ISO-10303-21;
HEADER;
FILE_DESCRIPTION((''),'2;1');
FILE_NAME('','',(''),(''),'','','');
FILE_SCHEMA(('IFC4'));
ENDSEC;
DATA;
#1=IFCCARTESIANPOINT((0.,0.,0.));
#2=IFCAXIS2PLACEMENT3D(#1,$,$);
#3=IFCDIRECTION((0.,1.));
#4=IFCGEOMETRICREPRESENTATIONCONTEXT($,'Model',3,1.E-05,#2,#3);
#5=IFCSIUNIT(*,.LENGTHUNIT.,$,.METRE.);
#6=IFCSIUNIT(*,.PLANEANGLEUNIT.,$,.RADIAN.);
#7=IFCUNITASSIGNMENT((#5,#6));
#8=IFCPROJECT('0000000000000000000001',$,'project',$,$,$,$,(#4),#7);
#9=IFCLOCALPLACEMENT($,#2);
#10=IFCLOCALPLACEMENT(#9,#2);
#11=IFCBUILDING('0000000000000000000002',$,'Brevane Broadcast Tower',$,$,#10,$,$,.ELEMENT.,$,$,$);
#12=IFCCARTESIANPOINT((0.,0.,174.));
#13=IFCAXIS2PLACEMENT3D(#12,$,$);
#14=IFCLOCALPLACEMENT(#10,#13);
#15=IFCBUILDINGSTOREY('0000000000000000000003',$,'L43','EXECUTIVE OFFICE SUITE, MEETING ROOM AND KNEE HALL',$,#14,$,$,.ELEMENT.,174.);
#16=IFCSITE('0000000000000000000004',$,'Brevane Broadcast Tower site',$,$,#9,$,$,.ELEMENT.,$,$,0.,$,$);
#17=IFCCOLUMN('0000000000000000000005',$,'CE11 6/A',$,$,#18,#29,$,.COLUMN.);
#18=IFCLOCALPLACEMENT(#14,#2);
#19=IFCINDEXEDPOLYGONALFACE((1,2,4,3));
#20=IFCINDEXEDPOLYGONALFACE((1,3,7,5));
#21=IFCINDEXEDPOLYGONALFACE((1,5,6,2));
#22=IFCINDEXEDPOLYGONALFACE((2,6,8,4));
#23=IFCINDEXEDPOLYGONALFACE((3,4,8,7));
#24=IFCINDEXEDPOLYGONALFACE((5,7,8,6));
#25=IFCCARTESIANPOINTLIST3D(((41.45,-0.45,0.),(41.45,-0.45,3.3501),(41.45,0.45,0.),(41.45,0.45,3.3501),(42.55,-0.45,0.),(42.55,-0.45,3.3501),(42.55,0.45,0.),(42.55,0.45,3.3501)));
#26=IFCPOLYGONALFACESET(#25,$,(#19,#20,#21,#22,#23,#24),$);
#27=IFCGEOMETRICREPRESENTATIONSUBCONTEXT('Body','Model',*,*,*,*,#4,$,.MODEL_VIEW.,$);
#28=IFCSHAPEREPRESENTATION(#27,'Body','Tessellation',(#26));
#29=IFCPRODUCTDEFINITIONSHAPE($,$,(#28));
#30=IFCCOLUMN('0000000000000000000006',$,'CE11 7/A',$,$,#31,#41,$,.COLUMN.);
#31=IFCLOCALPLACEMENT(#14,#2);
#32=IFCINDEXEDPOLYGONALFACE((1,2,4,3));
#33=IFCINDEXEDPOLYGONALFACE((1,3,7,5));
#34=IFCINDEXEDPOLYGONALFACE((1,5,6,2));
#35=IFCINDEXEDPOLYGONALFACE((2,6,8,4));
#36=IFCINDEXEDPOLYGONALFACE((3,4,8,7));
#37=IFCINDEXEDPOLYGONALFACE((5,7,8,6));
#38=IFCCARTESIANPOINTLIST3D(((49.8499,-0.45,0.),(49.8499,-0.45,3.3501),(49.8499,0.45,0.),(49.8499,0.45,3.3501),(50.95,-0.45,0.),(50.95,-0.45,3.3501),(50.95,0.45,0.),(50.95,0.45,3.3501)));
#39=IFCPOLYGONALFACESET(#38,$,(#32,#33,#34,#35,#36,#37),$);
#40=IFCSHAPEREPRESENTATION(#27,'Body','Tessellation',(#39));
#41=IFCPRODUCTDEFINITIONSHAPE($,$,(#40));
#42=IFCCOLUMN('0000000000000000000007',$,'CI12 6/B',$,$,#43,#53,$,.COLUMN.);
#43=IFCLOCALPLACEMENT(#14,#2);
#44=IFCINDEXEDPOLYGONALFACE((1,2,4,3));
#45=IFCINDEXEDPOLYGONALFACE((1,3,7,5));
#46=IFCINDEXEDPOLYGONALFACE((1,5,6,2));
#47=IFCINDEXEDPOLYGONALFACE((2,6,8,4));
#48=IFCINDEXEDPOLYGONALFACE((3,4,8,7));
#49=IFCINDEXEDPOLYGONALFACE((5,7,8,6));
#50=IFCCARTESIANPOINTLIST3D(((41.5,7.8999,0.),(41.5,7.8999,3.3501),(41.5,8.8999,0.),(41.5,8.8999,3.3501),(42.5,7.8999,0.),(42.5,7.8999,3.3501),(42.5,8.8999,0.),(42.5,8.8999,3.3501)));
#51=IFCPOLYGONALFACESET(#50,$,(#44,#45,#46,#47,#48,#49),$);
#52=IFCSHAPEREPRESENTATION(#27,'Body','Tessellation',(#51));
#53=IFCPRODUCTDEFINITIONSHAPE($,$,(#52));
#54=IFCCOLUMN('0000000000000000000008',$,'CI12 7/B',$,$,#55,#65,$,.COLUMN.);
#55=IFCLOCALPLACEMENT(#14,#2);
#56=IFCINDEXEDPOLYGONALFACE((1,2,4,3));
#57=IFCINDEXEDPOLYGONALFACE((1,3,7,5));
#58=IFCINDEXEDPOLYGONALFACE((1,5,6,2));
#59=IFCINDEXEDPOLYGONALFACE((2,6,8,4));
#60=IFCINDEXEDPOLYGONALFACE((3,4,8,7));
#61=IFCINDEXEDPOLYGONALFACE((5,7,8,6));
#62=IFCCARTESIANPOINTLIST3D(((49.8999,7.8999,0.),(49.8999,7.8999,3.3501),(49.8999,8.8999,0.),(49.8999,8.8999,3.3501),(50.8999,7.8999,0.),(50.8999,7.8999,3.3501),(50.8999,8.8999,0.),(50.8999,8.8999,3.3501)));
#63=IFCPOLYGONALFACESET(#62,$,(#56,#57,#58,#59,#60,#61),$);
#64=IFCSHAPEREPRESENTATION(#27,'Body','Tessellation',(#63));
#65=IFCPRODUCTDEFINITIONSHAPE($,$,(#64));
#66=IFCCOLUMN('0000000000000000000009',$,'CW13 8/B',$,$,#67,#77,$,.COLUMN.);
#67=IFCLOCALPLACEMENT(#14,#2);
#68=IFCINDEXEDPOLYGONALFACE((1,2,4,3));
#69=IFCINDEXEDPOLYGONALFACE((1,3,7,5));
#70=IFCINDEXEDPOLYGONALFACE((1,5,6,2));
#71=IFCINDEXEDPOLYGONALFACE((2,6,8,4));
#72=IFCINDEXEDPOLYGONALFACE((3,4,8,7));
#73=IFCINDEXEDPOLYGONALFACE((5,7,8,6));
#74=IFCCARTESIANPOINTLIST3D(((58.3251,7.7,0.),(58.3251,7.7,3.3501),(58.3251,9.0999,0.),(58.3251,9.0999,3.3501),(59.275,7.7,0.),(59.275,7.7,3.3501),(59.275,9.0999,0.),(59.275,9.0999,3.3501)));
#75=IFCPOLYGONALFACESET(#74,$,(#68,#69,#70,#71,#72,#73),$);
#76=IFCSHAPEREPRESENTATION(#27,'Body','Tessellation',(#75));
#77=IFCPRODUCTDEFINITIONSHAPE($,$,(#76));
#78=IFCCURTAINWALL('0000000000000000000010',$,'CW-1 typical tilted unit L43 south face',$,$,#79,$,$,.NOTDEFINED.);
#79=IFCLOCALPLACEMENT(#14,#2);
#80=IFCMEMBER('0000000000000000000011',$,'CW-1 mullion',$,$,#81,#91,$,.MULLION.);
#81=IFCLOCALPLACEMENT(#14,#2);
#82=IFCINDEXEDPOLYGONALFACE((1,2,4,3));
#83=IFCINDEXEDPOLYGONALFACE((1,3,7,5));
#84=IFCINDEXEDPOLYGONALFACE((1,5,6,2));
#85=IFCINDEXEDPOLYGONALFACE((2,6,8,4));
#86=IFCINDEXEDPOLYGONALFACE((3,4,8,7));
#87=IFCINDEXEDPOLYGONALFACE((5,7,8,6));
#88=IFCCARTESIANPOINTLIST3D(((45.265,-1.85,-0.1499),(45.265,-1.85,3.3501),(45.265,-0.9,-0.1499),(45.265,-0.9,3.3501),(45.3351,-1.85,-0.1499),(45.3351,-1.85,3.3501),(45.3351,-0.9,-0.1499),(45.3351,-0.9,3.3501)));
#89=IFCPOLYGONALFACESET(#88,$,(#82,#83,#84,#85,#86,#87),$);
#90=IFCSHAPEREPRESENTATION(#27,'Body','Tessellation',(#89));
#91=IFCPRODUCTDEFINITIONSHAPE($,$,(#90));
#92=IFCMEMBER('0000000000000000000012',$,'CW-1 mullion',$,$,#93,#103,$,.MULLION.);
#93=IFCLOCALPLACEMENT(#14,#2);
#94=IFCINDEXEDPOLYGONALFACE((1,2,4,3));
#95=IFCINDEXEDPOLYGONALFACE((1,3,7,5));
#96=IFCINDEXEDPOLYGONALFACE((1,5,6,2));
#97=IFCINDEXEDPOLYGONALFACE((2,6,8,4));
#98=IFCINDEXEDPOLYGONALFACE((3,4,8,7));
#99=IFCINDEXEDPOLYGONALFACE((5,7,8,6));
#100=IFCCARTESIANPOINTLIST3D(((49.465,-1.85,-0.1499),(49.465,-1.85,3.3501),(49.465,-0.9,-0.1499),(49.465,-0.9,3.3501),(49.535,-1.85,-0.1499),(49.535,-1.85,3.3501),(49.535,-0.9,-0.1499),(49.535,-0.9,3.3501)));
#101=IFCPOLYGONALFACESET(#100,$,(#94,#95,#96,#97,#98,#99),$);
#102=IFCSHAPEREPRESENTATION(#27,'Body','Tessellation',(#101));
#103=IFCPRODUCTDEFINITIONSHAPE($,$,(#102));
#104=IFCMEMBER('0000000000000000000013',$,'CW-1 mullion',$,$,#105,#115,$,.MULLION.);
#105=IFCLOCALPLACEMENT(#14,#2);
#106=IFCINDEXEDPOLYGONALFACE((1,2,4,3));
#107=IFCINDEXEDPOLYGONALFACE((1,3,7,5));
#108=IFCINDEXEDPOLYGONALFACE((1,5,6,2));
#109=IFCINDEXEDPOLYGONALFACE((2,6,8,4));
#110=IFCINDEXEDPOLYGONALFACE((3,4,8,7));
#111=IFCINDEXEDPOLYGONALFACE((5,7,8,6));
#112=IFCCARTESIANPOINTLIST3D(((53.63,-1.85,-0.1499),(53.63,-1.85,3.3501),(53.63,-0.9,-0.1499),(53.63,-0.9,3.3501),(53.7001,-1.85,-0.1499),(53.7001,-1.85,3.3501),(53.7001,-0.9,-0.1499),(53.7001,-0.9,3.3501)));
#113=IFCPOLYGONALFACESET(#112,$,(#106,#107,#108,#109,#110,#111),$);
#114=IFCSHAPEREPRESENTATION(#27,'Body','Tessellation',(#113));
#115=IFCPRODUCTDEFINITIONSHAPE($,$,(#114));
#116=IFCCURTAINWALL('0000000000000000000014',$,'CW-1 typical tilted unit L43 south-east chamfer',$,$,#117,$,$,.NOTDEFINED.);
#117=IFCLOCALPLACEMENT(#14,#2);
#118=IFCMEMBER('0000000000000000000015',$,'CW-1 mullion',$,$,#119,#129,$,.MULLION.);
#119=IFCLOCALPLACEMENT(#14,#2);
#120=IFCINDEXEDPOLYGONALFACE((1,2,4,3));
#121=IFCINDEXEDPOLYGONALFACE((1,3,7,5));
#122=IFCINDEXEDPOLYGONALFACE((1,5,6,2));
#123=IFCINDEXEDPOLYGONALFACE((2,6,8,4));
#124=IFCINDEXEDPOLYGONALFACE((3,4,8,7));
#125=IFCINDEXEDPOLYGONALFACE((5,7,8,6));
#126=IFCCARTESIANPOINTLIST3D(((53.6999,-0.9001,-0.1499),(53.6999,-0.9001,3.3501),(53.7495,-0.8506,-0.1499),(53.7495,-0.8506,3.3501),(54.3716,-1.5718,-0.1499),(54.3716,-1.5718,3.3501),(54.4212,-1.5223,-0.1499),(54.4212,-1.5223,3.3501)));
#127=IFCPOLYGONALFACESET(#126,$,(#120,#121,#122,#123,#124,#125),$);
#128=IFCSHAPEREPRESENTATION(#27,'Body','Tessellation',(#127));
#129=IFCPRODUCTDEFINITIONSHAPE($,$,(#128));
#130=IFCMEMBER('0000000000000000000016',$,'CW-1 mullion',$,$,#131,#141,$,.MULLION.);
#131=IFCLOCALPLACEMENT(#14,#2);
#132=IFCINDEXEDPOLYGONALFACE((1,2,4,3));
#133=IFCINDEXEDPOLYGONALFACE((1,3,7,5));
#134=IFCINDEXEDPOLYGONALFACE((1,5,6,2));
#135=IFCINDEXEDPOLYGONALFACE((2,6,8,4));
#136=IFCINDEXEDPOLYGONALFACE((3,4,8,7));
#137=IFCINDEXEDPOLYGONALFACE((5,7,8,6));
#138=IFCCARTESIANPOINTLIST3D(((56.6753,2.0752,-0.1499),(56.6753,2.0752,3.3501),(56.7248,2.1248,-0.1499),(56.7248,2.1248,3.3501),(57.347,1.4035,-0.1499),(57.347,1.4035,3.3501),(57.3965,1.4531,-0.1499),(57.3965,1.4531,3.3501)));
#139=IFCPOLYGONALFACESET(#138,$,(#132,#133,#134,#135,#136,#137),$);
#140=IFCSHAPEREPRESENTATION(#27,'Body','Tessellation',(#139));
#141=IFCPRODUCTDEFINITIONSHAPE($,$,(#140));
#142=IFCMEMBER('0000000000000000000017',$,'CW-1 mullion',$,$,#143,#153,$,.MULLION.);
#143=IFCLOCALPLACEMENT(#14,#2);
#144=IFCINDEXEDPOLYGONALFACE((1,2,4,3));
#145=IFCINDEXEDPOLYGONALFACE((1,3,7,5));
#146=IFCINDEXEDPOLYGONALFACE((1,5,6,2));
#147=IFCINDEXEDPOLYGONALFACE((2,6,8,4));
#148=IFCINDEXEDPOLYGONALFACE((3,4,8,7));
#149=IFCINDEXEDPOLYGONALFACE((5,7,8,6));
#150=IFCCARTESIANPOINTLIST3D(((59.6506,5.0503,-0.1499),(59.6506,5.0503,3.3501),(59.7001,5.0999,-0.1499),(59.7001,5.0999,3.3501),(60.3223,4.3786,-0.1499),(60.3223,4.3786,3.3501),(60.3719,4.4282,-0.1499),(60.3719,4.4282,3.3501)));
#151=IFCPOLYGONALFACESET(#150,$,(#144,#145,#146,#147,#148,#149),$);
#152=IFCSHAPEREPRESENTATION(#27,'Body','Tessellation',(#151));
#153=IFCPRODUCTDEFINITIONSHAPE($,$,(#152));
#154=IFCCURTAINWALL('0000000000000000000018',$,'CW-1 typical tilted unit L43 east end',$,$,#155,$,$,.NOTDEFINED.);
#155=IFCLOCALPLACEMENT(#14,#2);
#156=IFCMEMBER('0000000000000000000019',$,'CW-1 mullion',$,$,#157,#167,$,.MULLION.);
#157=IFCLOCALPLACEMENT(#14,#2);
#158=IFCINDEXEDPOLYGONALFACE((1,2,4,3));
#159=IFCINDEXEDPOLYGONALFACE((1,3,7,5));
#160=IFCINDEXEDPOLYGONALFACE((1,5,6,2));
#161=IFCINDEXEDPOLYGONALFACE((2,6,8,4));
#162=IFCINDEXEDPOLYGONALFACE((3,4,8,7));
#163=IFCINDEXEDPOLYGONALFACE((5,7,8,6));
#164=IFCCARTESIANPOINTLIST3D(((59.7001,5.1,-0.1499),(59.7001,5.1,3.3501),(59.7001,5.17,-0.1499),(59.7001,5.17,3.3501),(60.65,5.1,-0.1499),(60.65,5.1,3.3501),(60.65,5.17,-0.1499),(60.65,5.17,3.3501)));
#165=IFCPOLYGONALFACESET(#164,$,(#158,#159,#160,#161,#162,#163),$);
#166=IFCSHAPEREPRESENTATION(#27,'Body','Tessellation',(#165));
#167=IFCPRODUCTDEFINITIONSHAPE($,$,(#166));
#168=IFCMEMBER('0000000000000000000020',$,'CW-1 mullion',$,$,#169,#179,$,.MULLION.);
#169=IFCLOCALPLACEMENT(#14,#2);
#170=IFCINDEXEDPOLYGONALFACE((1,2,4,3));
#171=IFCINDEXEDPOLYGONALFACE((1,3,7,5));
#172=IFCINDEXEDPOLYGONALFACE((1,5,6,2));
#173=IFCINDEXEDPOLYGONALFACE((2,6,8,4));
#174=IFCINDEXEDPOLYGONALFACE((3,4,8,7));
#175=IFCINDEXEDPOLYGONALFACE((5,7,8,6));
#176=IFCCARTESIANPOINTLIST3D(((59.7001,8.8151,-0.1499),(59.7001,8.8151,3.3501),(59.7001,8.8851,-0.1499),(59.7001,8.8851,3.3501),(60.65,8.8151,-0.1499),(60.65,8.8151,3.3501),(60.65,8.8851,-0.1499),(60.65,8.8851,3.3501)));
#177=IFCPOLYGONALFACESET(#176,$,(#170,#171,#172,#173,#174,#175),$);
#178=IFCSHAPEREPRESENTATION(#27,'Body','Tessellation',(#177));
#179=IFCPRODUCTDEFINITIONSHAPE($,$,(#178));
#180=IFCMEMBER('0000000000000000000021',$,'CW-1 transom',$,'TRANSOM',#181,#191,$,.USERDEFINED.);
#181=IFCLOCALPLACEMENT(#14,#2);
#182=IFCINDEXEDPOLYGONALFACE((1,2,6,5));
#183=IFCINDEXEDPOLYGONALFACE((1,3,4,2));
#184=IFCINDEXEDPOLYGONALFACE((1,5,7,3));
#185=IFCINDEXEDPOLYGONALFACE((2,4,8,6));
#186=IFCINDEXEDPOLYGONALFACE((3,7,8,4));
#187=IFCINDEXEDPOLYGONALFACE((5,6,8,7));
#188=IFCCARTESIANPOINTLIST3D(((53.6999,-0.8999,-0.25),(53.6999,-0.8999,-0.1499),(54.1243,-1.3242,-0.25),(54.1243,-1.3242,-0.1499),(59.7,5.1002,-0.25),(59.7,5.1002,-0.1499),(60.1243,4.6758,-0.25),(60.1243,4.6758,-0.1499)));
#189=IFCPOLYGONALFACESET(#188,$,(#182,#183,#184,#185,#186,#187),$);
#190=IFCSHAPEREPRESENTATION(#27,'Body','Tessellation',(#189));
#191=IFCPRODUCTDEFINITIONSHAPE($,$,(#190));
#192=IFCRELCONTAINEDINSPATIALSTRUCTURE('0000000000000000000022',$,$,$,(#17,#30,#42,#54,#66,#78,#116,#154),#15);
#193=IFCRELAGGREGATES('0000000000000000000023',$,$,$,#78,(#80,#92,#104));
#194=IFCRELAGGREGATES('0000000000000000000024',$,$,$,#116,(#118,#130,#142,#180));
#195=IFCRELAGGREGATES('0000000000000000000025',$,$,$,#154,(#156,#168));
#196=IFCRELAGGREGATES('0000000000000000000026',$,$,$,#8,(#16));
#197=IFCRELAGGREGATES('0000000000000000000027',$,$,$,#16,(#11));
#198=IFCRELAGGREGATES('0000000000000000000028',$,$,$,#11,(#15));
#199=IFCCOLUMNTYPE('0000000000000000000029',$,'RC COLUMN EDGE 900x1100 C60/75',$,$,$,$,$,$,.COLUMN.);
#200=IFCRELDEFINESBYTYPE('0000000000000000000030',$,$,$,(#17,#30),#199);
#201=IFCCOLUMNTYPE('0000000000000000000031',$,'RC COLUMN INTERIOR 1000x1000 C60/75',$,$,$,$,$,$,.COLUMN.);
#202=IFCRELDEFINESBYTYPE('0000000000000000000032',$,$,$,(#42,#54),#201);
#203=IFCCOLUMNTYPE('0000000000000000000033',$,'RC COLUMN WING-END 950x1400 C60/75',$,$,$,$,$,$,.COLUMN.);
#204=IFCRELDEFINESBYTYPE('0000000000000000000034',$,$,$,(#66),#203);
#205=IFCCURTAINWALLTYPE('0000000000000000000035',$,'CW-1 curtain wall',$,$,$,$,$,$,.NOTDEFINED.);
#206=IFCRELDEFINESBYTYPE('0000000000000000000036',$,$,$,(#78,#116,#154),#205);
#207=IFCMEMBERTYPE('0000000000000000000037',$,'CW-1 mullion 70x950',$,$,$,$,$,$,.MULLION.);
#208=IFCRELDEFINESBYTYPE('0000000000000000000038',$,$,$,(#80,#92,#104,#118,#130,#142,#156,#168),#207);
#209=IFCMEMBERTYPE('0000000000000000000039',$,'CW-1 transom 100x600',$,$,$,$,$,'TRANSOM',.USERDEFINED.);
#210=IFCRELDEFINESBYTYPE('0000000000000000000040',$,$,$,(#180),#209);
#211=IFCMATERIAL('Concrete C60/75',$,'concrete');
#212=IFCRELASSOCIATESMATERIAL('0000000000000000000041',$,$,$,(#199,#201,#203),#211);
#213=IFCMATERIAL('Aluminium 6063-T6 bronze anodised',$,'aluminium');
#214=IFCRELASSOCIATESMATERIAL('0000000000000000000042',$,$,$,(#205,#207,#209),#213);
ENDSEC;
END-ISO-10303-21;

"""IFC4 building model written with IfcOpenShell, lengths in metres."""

from ifc_helpers import new_model, si_unit, direction, frame, origin, origin_2d, place, context, subcontext, project, spatial, rectangle, extrude, material, material_profile, profile_set, type_object, element, aggregate, save


model = new_model("IFC4")

# Units and contexts
model_context = context("Model", 3, precision=1e-05, world=origin(), true_north=direction((0.0, 1.0)))
body_context = subcontext(model_context, "Body", "Model", "MODEL_VIEW")
ifc_project = project(units=[si_unit("LENGTHUNIT", "METRE"), si_unit("PLANEANGLEUNIT", "RADIAN")], contexts=[model_context])

# Site, building, storey
site_placement = place(None, origin())
site = spatial("IfcSite", under=ifc_project, at=site_placement, Name="Brevane Broadcast Tower site", CompositionType="ELEMENT", RefElevation=0.0)
building_placement = place(site_placement, origin())
building = spatial("IfcBuilding", under=site, at=building_placement, Name="Brevane Broadcast Tower", CompositionType="ELEMENT")
storey_placement = place(building_placement, frame((0.0, 0.0, 174.0)))
storey = spatial("IfcBuildingStorey", under=building, at=storey_placement, Name="L43", Description="EXECUTIVE OFFICE SUITE, MEETING ROOM AND KNEE HALL", CompositionType="ELEMENT", Elevation=174.0)

# Columns
ifc_material_1 = material(Name="Concrete C60/75", Category="concrete")
ifc_material_profile_1 = material_profile(ifc_material_1, rectangle(XDim=0.8999, YDim=1.1001, at=origin_2d()), Name="RC 900x1100")
ifc_profile_set_1 = profile_set([ifc_material_profile_1], Name="Concrete C60/75")
column_type_1 = type_object("IfcColumnType", Name="RC COLUMN EDGE 900x1100 C60/75", PredefinedType="COLUMN", material=ifc_profile_set_1)
for number, where, z_axis, x_axis, name in (
    (1, (42.0, 0.0, 0.0), (0.0, 0.0, 1.0), (0.0, 1.0, 0.0), "CE11 6/A"),
    (2, (50.3999, 0.0, 0.0), (0.0, 0.0, 1.0), (0.0, 1.0, 0.0), "CE11 7/A"),
):
    element("IfcColumn", number, at=place(storey_placement, frame(where, z_axis=z_axis, x_axis=x_axis)), inside=storey, type_object=column_type_1, Name=name, PredefinedType="COLUMN", context=body_context, shape_type="SweptSolid", body=[
        extrude(rectangle(XDim=0.8999, YDim=1.1001, at=origin_2d()), origin(), (0.0, 0.0, 1.0), 3.3501),
    ])
ifc_material_profile_2 = material_profile(ifc_material_1, rectangle(XDim=1.0, YDim=1.0, at=origin_2d()), Name="RC 1000x1000")
ifc_profile_set_2 = profile_set([ifc_material_profile_2], Name="Concrete C60/75")
column_type_2 = type_object("IfcColumnType", Name="RC COLUMN INTERIOR 1000x1000 C60/75", PredefinedType="COLUMN", material=ifc_profile_set_2)
for number, where, z_axis, x_axis, name in (
    (3, (42.0, 8.3999, 0.0), (0.0, 0.0, 1.0), (1.0, 0.0, 0.0), "CI12 6/B"),
    (4, (50.3999, 8.3999, 0.0), (0.0, 0.0, 1.0), (1.0, 0.0, 0.0), "CI12 7/B"),
):
    element("IfcColumn", number, at=place(storey_placement, frame(where, z_axis=z_axis, x_axis=x_axis)), inside=storey, type_object=column_type_2, Name=name, PredefinedType="COLUMN", context=body_context, shape_type="SweptSolid", body=[
        extrude(rectangle(XDim=1.0, YDim=1.0, at=origin_2d()), origin(), (0.0, 0.0, 1.0), 3.3501),
    ])
ifc_material_profile_3 = material_profile(ifc_material_1, rectangle(XDim=0.95, YDim=1.3999, at=origin_2d()), Name="RC 950x1400")
ifc_profile_set_3 = profile_set([ifc_material_profile_3], Name="Concrete C60/75")
column_type_3 = type_object("IfcColumnType", Name="RC COLUMN WING-END 950x1400 C60/75", PredefinedType="COLUMN", material=ifc_profile_set_3)
column_placement = place(storey_placement, frame((58.8, 8.3999, 0.0), z_axis=(0.0, 0.0, 1.0), x_axis=(1.0, 0.0, 0.0)))
element("IfcColumn", 5, at=column_placement, inside=storey, type_object=column_type_3, Name="CW13 8/B", PredefinedType="COLUMN", context=body_context, shape_type="SweptSolid", body=[
    extrude(rectangle(XDim=0.95, YDim=1.3999, at=origin_2d()), origin(), (0.0, 0.0, 1.0), 3.3501),
])

# Curtain walls, members
ifc_material_2 = material(Name="Aluminium 6063-T6 bronze anodised", Category="aluminium")
curtain_wall_type = type_object("IfcCurtainWallType", Name="CW-1 curtain wall", PredefinedType="NOTDEFINED", material=ifc_material_2)
curtain_wall_1_placement = place(storey_placement, origin())
curtain_wall_1 = element("IfcCurtainWall", 6, at=curtain_wall_1_placement, inside=storey, type_object=curtain_wall_type, Name="CW-1 typical tilted unit L43 south face", PredefinedType="NOTDEFINED")
ifc_material_profile_4 = material_profile(ifc_material_2, rectangle(XDim=0.95, YDim=0.0701, at=origin_2d()), Name="RECT 70x950")
ifc_profile_set_4 = profile_set([ifc_material_profile_4], Name="Aluminium 6063-T6 bronze anodised")
member_type_1 = type_object("IfcMemberType", Name="CW-1 mullion 70x950", PredefinedType="MULLION", material=ifc_profile_set_4)
member_1_placement = place(storey_placement, frame((45.3, -1.375, -0.1499), z_axis=(0.0, 0.0, 1.0), x_axis=(0.0, 1.0, 0.0)))
member_1 = element("IfcMember", 7, at=member_1_placement, type_object=member_type_1, Name="CW-1 mullion", PredefinedType="MULLION", context=body_context, shape_type="SweptSolid", body=[
    extrude(rectangle(XDim=0.95, YDim=0.0701, at=origin_2d()), origin(), (0.0, 0.0, 1.0), 3.5),
])
member_2_placement = place(storey_placement, frame((49.5, -1.375, -0.1499), z_axis=(0.0, 0.0, 1.0), x_axis=(0.0, 1.0, 0.0)))
member_2 = element("IfcMember", 8, at=member_2_placement, type_object=member_type_1, Name="CW-1 mullion", PredefinedType="MULLION", context=body_context, shape_type="SweptSolid", body=[
    extrude(rectangle(XDim=0.95, YDim=0.0701, at=origin_2d()), origin(), (0.0, 0.0, 1.0), 3.5),
])
member_3_placement = place(storey_placement, frame((53.665, -1.375, -0.1499), z_axis=(0.0, 0.0, 1.0), x_axis=(0.0, 1.0, 0.0)))
member_3 = element("IfcMember", 9, at=member_3_placement, type_object=member_type_1, Name="CW-1 mullion", PredefinedType="MULLION", context=body_context, shape_type="SweptSolid", body=[
    extrude(rectangle(XDim=0.95, YDim=0.0701, at=origin_2d()), origin(), (0.0, 0.0, 1.0), 3.5),
])
aggregate(curtain_wall_1, [member_1, member_2, member_3])
curtain_wall_2_placement = place(storey_placement, origin())
curtain_wall_2 = element("IfcCurtainWall", 10, at=curtain_wall_2_placement, inside=storey, type_object=curtain_wall_type, Name="CW-1 typical tilted unit L43 south-east chamfer", PredefinedType="NOTDEFINED")
member_4_placement = place(storey_placement, frame((54.0605, -1.2112, -0.1499), z_axis=(0.0, 0.0, 1.0), x_axis=(-0.707107, 0.707107, 0.0)))
member_4 = element("IfcMember", 11, at=member_4_placement, type_object=member_type_1, Name="CW-1 mullion", PredefinedType="MULLION", context=body_context, shape_type="SweptSolid", body=[
    extrude(rectangle(XDim=0.95, YDim=0.0701, at=origin_2d()), origin(), (0.0, 0.0, 1.0), 3.5),
])
member_5_placement = place(storey_placement, frame((57.0359, 1.7642, -0.1499), z_axis=(0.0, 0.0, 1.0), x_axis=(-0.707107, 0.707107, 0.0)))
member_5 = element("IfcMember", 12, at=member_5_placement, type_object=member_type_1, Name="CW-1 mullion", PredefinedType="MULLION", context=body_context, shape_type="SweptSolid", body=[
    extrude(rectangle(XDim=0.95, YDim=0.0701, at=origin_2d()), origin(), (0.0, 0.0, 1.0), 3.5),
])
member_6_placement = place(storey_placement, frame((60.0112, 4.7393, -0.1499), z_axis=(0.0, 0.0, 1.0), x_axis=(-0.707107, 0.707107, 0.0)))
member_6 = element("IfcMember", 13, at=member_6_placement, type_object=member_type_1, Name="CW-1 mullion", PredefinedType="MULLION", context=body_context, shape_type="SweptSolid", body=[
    extrude(rectangle(XDim=0.95, YDim=0.0701, at=origin_2d()), origin(), (0.0, 0.0, 1.0), 3.5),
])
curtain_wall_3_placement = place(storey_placement, origin())
curtain_wall_3 = element("IfcCurtainWall", 14, at=curtain_wall_3_placement, inside=storey, type_object=curtain_wall_type, Name="CW-1 typical tilted unit L43 east end", PredefinedType="NOTDEFINED")
member_7_placement = place(storey_placement, frame((60.175, 5.135, -0.1499), z_axis=(0.0, 0.0, 1.0), x_axis=(-1.0, 0.0, 0.0)))
member_7 = element("IfcMember", 15, at=member_7_placement, type_object=member_type_1, Name="CW-1 mullion", PredefinedType="MULLION", context=body_context, shape_type="SweptSolid", body=[
    extrude(rectangle(XDim=0.95, YDim=0.0701, at=origin_2d()), origin(), (0.0, 0.0, 1.0), 3.5),
])
member_8_placement = place(storey_placement, frame((60.175, 8.8501, -0.1499), z_axis=(0.0, 0.0, 1.0), x_axis=(-1.0, 0.0, 0.0)))
member_8 = element("IfcMember", 16, at=member_8_placement, type_object=member_type_1, Name="CW-1 mullion", PredefinedType="MULLION", context=body_context, shape_type="SweptSolid", body=[
    extrude(rectangle(XDim=0.95, YDim=0.0701, at=origin_2d()), origin(), (0.0, 0.0, 1.0), 3.5),
])

# Member
ifc_material_profile_5 = material_profile(ifc_material_2, rectangle(XDim=0.6001, YDim=0.1001, at=origin_2d()), Name="RECT 100x600")
ifc_profile_set_5 = profile_set([ifc_material_profile_5], Name="Aluminium 6063-T6 bronze anodised")
member_type_2 = type_object("IfcMemberType", Name="CW-1 transom 100x600", ElementType="TRANSOM", PredefinedType="USERDEFINED", material=ifc_profile_set_5)
member_9_placement = place(storey_placement, frame((53.9121, -1.1121, -0.2), z_axis=(0.707107, 0.707107, 0.0), x_axis=(-0.707107, 0.707107, 0.0)))
member_9 = element("IfcMember", 17, at=member_9_placement, type_object=member_type_2, Name="CW-1 transom", ObjectType="TRANSOM", PredefinedType="USERDEFINED", context=body_context, shape_type="SweptSolid", body=[
    extrude(rectangle(XDim=0.6001, YDim=0.1001, at=origin_2d()), origin(), (0.0, 0.0, 1.0), 8.4854),
])
aggregate(curtain_wall_2, [member_4, member_5, member_6, member_9])
aggregate(curtain_wall_3, [member_7, member_8])

save(model, "model.ifc")
